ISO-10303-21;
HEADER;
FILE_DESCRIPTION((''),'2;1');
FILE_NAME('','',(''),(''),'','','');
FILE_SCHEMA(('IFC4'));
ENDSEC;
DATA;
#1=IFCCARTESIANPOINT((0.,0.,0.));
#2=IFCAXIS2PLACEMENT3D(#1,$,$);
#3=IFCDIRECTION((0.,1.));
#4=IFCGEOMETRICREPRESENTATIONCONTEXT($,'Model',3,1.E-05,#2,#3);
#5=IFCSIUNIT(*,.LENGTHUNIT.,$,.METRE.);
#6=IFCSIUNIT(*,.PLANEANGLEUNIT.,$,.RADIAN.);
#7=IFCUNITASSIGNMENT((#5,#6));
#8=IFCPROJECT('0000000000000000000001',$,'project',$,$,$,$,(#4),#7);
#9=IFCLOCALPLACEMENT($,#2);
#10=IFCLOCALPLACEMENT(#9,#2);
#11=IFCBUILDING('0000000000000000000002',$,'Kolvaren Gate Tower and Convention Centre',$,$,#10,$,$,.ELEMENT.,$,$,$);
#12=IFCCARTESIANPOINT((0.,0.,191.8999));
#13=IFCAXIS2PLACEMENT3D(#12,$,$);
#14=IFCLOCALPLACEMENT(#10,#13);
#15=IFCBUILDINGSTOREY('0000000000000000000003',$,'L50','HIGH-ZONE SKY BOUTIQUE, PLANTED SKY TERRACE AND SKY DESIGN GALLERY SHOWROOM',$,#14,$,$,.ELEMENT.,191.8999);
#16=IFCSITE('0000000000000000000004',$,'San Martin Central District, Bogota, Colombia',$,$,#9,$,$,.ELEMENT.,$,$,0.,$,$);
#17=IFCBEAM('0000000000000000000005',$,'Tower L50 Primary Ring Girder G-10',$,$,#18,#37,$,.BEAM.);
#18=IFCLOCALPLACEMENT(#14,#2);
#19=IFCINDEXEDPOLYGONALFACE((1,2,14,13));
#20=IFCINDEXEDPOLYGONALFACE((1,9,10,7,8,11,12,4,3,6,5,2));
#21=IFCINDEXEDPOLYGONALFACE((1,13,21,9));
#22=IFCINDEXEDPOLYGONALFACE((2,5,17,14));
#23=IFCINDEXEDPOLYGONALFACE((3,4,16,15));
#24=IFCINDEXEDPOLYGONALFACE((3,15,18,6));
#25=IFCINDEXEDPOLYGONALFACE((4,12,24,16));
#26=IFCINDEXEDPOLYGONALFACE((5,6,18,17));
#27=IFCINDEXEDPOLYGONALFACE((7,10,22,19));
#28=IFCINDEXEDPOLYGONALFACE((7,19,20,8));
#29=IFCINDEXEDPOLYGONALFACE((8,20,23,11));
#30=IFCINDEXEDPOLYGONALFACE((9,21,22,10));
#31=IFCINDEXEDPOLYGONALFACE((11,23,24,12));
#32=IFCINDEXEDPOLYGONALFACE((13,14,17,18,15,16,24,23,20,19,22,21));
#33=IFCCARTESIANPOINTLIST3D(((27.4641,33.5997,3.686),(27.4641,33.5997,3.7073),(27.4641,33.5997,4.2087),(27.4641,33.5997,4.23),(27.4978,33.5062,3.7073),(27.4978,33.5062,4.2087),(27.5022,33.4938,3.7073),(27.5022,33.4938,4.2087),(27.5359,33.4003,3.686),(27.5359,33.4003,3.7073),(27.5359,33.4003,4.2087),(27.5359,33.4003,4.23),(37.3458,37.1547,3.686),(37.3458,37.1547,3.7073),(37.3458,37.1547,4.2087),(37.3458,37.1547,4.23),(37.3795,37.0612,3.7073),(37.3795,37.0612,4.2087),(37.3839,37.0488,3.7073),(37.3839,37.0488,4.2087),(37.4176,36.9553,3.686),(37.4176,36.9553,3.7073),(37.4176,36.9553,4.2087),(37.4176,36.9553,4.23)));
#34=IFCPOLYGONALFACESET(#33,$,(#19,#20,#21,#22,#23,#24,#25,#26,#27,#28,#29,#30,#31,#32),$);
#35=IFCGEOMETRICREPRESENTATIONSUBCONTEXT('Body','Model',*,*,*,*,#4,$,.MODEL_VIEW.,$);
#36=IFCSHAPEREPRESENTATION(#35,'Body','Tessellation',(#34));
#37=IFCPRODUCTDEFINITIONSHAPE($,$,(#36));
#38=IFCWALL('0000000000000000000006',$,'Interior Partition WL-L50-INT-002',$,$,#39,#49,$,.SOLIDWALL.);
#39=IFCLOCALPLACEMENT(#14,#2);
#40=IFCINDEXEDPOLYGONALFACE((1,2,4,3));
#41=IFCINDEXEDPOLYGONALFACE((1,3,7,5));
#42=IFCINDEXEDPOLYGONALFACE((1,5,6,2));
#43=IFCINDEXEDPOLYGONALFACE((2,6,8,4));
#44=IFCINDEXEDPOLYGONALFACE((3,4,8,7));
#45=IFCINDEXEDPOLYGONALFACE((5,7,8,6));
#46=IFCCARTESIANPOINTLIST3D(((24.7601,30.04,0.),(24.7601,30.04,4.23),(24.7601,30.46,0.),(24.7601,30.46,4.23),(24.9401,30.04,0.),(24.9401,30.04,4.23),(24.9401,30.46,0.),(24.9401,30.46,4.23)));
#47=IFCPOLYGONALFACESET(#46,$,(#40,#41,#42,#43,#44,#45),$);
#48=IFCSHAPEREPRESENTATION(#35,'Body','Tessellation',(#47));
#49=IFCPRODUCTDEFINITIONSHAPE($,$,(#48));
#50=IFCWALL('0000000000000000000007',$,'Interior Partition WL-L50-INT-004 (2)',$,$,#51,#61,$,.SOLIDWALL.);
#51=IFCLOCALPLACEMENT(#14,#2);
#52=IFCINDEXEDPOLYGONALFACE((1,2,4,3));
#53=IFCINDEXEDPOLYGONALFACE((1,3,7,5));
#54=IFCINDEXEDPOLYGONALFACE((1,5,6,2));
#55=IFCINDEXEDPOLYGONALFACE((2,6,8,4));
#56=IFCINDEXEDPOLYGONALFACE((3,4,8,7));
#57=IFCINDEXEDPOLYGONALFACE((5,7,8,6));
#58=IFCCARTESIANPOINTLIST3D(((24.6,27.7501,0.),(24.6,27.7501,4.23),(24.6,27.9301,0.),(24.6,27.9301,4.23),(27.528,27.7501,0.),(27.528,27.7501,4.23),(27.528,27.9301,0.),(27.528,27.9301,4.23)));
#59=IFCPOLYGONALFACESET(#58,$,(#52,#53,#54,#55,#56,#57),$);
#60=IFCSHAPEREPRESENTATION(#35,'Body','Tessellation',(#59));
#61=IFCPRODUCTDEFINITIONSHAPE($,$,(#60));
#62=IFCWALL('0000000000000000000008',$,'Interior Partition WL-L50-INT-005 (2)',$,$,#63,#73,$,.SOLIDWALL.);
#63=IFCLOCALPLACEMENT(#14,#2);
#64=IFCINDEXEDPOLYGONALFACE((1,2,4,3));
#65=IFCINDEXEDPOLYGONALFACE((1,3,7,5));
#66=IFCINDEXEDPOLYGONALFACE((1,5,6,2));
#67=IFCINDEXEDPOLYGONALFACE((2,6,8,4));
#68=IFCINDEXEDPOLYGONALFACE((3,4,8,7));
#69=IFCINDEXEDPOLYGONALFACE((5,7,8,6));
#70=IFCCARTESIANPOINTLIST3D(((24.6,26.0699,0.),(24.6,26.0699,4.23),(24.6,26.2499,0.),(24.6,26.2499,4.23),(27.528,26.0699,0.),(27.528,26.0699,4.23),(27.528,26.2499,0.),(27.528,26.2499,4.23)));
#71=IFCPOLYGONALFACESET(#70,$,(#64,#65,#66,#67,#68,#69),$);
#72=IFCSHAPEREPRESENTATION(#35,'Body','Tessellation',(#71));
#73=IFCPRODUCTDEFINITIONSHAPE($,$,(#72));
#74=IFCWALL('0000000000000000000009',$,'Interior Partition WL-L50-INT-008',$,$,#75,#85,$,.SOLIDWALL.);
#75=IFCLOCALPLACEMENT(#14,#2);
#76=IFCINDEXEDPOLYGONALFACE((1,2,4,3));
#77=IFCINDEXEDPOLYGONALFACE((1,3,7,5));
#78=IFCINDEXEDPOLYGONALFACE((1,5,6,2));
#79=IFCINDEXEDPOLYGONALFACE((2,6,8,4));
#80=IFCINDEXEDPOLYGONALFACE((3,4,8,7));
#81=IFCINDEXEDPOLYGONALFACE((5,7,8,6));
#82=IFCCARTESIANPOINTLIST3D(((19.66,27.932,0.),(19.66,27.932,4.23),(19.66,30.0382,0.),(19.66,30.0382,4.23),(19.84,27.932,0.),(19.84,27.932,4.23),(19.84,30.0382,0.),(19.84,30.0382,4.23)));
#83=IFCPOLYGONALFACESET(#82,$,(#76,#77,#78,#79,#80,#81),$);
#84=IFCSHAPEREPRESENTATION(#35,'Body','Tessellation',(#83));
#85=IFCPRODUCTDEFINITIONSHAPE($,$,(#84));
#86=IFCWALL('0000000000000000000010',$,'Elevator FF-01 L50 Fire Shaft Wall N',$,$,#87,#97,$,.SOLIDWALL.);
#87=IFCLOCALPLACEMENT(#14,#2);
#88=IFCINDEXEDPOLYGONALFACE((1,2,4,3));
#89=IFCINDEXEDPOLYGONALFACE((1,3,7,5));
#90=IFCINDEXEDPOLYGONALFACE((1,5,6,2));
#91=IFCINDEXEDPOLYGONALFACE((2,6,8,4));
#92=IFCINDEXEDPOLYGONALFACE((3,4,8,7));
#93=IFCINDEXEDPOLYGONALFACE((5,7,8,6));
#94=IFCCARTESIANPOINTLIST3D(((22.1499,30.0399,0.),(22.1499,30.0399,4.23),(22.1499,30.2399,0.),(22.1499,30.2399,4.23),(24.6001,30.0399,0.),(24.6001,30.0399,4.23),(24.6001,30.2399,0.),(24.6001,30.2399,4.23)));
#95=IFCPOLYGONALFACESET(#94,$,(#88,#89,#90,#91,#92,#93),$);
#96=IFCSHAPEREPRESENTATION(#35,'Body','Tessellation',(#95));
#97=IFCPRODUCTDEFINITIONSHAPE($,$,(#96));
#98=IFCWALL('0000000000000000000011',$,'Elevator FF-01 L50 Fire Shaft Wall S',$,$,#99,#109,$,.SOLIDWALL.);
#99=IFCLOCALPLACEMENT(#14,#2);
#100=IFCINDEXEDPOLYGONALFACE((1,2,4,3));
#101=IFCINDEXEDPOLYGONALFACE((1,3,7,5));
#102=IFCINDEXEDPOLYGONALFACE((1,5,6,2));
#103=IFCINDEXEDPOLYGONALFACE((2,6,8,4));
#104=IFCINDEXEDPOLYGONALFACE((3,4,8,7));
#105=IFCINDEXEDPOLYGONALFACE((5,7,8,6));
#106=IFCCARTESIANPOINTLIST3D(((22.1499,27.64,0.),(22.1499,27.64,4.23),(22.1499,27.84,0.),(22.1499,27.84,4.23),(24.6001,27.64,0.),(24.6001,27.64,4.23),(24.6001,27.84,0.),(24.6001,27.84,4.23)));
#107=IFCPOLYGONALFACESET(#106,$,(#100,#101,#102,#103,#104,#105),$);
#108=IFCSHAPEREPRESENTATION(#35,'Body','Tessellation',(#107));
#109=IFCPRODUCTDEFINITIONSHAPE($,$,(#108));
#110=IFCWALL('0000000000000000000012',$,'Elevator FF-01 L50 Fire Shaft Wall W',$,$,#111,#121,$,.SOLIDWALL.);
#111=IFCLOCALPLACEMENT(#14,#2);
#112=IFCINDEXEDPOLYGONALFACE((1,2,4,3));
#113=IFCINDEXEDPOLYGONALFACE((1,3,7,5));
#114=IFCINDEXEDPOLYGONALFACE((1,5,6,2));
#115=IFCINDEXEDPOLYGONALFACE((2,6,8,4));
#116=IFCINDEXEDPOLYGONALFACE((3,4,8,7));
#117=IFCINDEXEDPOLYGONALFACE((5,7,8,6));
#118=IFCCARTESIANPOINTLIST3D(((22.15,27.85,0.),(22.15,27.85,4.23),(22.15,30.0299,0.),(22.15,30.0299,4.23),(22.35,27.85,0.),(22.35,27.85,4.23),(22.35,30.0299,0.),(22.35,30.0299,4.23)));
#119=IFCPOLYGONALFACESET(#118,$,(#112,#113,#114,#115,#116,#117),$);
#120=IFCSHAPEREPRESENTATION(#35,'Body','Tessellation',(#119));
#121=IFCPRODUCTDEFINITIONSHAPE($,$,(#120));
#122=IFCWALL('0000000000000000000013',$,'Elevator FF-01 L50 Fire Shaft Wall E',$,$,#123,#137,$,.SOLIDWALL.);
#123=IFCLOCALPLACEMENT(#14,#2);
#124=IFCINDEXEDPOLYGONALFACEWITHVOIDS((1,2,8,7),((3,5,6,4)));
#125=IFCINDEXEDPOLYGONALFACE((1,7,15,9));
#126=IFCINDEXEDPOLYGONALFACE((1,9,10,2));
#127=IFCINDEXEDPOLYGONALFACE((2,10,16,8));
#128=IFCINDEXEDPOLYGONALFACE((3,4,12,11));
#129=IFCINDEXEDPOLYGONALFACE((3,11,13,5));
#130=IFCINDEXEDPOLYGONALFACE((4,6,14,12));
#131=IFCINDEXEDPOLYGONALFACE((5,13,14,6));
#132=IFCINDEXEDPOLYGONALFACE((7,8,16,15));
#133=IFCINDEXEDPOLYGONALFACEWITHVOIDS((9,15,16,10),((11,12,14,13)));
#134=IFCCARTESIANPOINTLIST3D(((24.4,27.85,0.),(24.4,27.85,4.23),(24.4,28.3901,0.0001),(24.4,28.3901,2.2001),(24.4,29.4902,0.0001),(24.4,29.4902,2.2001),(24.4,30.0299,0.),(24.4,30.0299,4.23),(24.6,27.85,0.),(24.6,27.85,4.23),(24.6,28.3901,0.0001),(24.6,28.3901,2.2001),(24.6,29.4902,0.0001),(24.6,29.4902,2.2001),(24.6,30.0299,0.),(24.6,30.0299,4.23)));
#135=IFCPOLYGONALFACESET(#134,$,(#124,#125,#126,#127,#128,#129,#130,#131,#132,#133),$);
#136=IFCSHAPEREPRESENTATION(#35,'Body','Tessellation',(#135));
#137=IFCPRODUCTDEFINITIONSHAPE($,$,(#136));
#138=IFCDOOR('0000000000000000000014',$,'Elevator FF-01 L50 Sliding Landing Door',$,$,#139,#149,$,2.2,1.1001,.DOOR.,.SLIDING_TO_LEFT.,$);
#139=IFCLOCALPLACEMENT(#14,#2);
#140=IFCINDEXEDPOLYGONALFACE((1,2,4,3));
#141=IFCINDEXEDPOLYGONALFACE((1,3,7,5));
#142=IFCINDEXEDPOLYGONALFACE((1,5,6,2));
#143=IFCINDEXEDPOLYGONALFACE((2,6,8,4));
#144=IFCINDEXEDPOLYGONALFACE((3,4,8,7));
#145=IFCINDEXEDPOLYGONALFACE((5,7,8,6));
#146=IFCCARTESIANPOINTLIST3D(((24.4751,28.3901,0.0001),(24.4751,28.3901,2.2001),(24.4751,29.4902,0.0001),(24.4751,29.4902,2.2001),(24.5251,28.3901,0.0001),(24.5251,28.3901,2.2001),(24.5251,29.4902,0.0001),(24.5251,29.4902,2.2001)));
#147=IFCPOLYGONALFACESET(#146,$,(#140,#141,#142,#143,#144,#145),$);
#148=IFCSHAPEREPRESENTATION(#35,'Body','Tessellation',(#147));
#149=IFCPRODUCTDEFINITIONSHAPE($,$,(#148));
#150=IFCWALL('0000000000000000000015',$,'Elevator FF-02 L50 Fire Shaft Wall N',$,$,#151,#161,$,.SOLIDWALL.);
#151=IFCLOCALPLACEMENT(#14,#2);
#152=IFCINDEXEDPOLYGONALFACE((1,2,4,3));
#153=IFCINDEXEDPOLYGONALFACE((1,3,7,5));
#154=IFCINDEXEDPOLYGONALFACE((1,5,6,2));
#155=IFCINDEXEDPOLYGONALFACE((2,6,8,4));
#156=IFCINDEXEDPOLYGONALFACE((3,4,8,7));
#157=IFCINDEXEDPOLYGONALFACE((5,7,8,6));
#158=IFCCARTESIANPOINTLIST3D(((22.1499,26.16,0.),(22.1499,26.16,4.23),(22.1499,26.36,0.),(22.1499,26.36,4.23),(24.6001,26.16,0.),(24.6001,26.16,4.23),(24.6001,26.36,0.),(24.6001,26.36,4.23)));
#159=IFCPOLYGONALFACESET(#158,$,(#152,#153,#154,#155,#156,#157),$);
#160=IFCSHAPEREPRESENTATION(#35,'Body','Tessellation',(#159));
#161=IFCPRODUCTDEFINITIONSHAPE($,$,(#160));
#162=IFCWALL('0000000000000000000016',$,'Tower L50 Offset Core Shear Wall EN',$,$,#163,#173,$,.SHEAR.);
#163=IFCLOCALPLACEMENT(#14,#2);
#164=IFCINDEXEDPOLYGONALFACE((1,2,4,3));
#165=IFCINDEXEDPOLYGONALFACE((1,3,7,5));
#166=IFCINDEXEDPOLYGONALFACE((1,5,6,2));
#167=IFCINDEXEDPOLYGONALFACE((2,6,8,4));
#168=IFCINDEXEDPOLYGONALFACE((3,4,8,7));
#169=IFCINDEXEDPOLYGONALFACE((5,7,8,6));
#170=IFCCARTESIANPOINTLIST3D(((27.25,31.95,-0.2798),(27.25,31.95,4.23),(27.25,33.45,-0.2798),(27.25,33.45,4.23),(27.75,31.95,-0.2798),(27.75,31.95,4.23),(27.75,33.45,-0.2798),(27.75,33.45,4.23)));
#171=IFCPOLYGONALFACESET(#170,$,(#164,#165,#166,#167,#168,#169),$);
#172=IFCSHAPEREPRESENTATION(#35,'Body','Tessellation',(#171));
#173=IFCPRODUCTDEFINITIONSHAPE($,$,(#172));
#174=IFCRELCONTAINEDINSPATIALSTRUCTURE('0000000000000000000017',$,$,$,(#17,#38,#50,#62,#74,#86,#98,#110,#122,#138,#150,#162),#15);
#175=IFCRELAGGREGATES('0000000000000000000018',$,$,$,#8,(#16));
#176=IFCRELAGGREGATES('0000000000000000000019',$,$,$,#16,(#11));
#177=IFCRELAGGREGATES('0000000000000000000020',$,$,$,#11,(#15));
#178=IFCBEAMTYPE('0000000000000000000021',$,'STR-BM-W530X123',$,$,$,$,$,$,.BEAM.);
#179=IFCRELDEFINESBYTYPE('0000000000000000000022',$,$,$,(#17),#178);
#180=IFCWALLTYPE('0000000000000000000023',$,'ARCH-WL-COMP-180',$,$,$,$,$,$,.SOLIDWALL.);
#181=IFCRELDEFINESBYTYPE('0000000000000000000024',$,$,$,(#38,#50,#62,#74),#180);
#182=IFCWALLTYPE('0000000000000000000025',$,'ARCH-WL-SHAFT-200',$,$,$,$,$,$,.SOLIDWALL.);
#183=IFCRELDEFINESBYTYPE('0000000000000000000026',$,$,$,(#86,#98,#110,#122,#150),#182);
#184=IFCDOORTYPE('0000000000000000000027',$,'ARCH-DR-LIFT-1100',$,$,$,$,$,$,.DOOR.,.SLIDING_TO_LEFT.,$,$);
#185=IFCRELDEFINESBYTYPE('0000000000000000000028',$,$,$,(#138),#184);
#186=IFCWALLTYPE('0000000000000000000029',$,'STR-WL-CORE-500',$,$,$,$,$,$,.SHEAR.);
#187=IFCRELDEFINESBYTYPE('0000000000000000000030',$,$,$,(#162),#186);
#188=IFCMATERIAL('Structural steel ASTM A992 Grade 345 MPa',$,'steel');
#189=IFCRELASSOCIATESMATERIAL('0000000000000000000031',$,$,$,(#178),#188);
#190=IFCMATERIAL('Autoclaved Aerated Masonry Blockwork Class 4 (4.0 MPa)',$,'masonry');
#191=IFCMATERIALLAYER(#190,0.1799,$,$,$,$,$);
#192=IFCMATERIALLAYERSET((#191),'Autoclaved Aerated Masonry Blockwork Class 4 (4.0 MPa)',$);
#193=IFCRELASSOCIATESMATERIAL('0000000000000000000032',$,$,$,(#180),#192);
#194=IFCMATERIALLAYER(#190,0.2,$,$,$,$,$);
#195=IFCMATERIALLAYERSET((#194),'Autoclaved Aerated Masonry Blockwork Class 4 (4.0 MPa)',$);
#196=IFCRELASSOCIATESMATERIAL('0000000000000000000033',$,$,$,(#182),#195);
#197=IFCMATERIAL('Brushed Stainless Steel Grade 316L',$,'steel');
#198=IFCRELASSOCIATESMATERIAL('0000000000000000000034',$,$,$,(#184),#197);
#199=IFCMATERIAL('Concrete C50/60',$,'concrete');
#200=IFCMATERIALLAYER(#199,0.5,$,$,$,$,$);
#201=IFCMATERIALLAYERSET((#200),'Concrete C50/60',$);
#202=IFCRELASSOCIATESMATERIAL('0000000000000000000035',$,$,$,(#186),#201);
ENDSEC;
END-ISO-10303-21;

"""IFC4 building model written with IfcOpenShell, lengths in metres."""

from ifc_helpers import new_model, si_unit, direction, frame, frame_2d, origin, origin_2d, place, context, subcontext, project, spatial, rectangle, i_section, extrude, material, layer, layer_set, material_profile, profile_set, type_object, element, fill, save


model = new_model("IFC4")

# Units and contexts
model_context = context("Model", 3, precision=1e-05, world=origin(), true_north=direction((0.0, 1.0)))
body_context = subcontext(model_context, "Body", "Model", "MODEL_VIEW")
ifc_project = project(units=[si_unit("LENGTHUNIT", "METRE"), si_unit("PLANEANGLEUNIT", "RADIAN")], contexts=[model_context])

# Site, building, storey
site_placement = place(None, origin())
site = spatial("IfcSite", under=ifc_project, at=site_placement, Name="San Martin Central District, Bogota, Colombia", CompositionType="ELEMENT", RefElevation=0.0)
building_placement = place(site_placement, origin())
building = spatial("IfcBuilding", under=site, at=building_placement, Name="Kolvaren Gate Tower and Convention Centre", CompositionType="ELEMENT")
storey_placement = place(building_placement, frame((0.0, 0.0, 191.8999)))
storey = spatial("IfcBuildingStorey", under=building, at=storey_placement, Name="L50", Description="HIGH-ZONE SKY BOUTIQUE, PLANTED SKY TERRACE AND SKY DESIGN GALLERY SHOWROOM", CompositionType="ELEMENT", Elevation=191.8999)

# Beam
ifc_material_1 = material(Name="Structural steel ASTM A992 Grade 345 MPa", Category="steel")
ifc_material_profile = material_profile(ifc_material_1, i_section(OverallWidth=0.2119, OverallDepth=0.5439, WebThickness=0.0132, FlangeThickness=0.0212, at=origin_2d()), Name="W530X123")
ifc_profile_set = profile_set([ifc_material_profile], Name="Structural steel ASTM A992 Grade 345 MPa")
beam_type = type_object("IfcBeamType", Name="STR-BM-W530X123", PredefinedType="BEAM", material=ifc_profile_set)
beam_placement = place(storey_placement, frame((27.5, 33.5, 3.958), z_axis=(0.940961, 0.338514, 0.0), x_axis=(-0.338514, 0.940961, 0.0)))
element("IfcBeam", 1, at=beam_placement, inside=storey, type_object=beam_type, Name="Tower L50 Primary Ring Girder G-10", PredefinedType="BEAM", context=body_context, shape_type="SweptSolid", body=[
    extrude(i_section(OverallWidth=0.2119, OverallDepth=0.5439, WebThickness=0.0132, FlangeThickness=0.0212, at=origin_2d()), origin(), (0.0, 0.0, 1.0), 10.5017),
])

# Walls
ifc_material_2 = material(Name="Autoclaved Aerated Masonry Blockwork Class 4 (4.0 MPa)", Category="masonry")
ifc_layer_1 = layer(ifc_material_2, 0.1799)
ifc_layer_set_1 = layer_set([ifc_layer_1], Name="Autoclaved Aerated Masonry Blockwork Class 4 (4.0 MPa)")
wall_type_1 = type_object("IfcWallType", Name="ARCH-WL-COMP-180", PredefinedType="SOLIDWALL", material=ifc_layer_set_1)
wall_1_placement = place(storey_placement, frame((24.8501, 30.04, 0.0), z_axis=(0.0, 0.0, 1.0), x_axis=(0.0, 1.0, 0.0)))
element("IfcWall", 2, at=wall_1_placement, inside=storey, type_object=wall_type_1, Name="Interior Partition WL-L50-INT-002", PredefinedType="SOLIDWALL", context=body_context, shape_type="SweptSolid", body=[
    extrude(rectangle(XDim=0.4199, YDim=0.1799, at=frame_2d((0.21, 0.0))), origin(), (0.0, 0.0, 1.0), 4.23),
])
for number, where, z_axis, x_axis, name in (
    (3, (24.6001, 27.8401, 0.0), (0.0, 0.0, 1.0), (1.0, 0.0, 0.0), "Interior Partition WL-L50-INT-004 (2)"),
    (4, (24.6001, 26.1599, 0.0), (0.0, 0.0, 1.0), (1.0, 0.0, 0.0), "Interior Partition WL-L50-INT-005 (2)"),
):
    element("IfcWall", number, at=place(storey_placement, frame(where, z_axis=z_axis, x_axis=x_axis)), inside=storey, type_object=wall_type_1, Name=name, PredefinedType="SOLIDWALL", context=body_context, shape_type="SweptSolid", body=[
        extrude(rectangle(XDim=2.928, YDim=0.1799, at=frame_2d((1.4639, 0.0))), origin(), (0.0, 0.0, 1.0), 4.23),
    ])
wall_2_placement = place(storey_placement, frame((19.75, 27.9319, 0.0), z_axis=(0.0, 0.0, 1.0), x_axis=(0.0, 1.0, 0.0)))
element("IfcWall", 5, at=wall_2_placement, inside=storey, type_object=wall_type_1, Name="Interior Partition WL-L50-INT-008", PredefinedType="SOLIDWALL", context=body_context, shape_type="SweptSolid", body=[
    extrude(rectangle(XDim=2.1062, YDim=0.1799, at=frame_2d((1.0532, 0.0))), origin(), (0.0, 0.0, 1.0), 4.23),
])
ifc_layer_2 = layer(ifc_material_2, 0.2)
ifc_layer_set_2 = layer_set([ifc_layer_2], Name="Autoclaved Aerated Masonry Blockwork Class 4 (4.0 MPa)")
wall_type_2 = type_object("IfcWallType", Name="ARCH-WL-SHAFT-200", PredefinedType="SOLIDWALL", material=ifc_layer_set_2)
for number, where, z_axis, x_axis, name in (
    (6, (22.1499, 30.1399, 0.0), (0.0, 0.0, 1.0), (1.0, 0.0, 0.0), "Elevator FF-01 L50 Fire Shaft Wall N"),
    (7, (22.1499, 27.74, 0.0), (0.0, 0.0, 1.0), (1.0, 0.0, 0.0), "Elevator FF-01 L50 Fire Shaft Wall S"),
):
    element("IfcWall", number, at=place(storey_placement, frame(where, z_axis=z_axis, x_axis=x_axis)), inside=storey, type_object=wall_type_2, Name=name, PredefinedType="SOLIDWALL", context=body_context, shape_type="SweptSolid", body=[
        extrude(rectangle(XDim=2.4502, YDim=0.2, at=frame_2d((1.2251, 0.0))), origin(), (0.0, 0.0, 1.0), 4.23),
    ])
wall_3_placement = place(storey_placement, frame((22.25, 27.8501, 0.0), z_axis=(0.0, 0.0, 1.0), x_axis=(0.0, 1.0, 0.0)))
element("IfcWall", 8, at=wall_3_placement, inside=storey, type_object=wall_type_2, Name="Elevator FF-01 L50 Fire Shaft Wall W", PredefinedType="SOLIDWALL", context=body_context, shape_type="SweptSolid", body=[
    extrude(rectangle(XDim=2.1799, YDim=0.2, at=frame_2d((1.0898, 0.0))), origin(), (0.0, 0.0, 1.0), 4.23),
])

# Wall, opening, door
wall_4_placement = place(storey_placement, frame((24.5, 27.8501, 0.0), z_axis=(0.0, 0.0, 1.0), x_axis=(0.0, 1.0, 0.0)))
wall_4 = element("IfcWall", 9, at=wall_4_placement, inside=storey, type_object=wall_type_2, Name="Elevator FF-01 L50 Fire Shaft Wall E", PredefinedType="SOLIDWALL", context=body_context, shape_type="SweptSolid", body=[
    extrude(rectangle(XDim=2.1799, YDim=0.2, at=frame_2d((1.0898, 0.0))), origin(), (0.0, 0.0, 1.0), 4.23),
])
opening_1_placement = place(wall_4_placement, frame((0.54, 0.0, 0.0)))
opening_1 = element("IfcOpeningElement", 10, at=opening_1_placement, cuts=wall_4, PredefinedType="OPENING", context=body_context, shape_type="SweptSolid", body=[
    extrude(rectangle(XDim=1.1001, YDim=2.2, at=frame_2d((0.55, 1.1001))), frame((0.0, 0.1099, 0.0), z_axis=(0.0, -1.0, 0.0), x_axis=(1.0, 0.0, 0.0)), (0.0, 0.0, 1.0), 0.22),
])
ifc_material_3 = material(Name="Brushed Stainless Steel Grade 316L", Category="steel")
door_type_1 = type_object("IfcDoorType", Name="ARCH-DR-LIFT-1100", OperationType="SLIDING_TO_LEFT", PredefinedType="DOOR", material=ifc_material_3)
door_1_placement = place(opening_1_placement, origin())
door_1 = element("IfcDoor", 11, at=door_1_placement, inside=storey, type_object=door_type_1, Name="Elevator FF-01 L50 Sliding Landing Door", OperationType="SLIDING_TO_LEFT", OverallHeight=2.2, OverallWidth=1.1001, PredefinedType="DOOR", context=body_context, shape_type="SweptSolid", body=[
    extrude(rectangle(XDim=1.1001, YDim=2.2, at=frame_2d((0.55, 1.1001))), frame((0.0, 0.0249, 0.0), z_axis=(0.0, -1.0, 0.0), x_axis=(1.0, 0.0, 0.0)), (0.0, 0.0, 1.0), 0.05),
])
fill(opening_1, door_1)

# Walls
wall_5_placement = place(storey_placement, frame((22.1499, 26.26, 0.0), z_axis=(0.0, 0.0, 1.0), x_axis=(1.0, 0.0, 0.0)))
element("IfcWall", 12, at=wall_5_placement, inside=storey, type_object=wall_type_2, Name="Elevator FF-02 L50 Fire Shaft Wall N", PredefinedType="SOLIDWALL", context=body_context, shape_type="SweptSolid", body=[
    extrude(rectangle(XDim=2.4502, YDim=0.2, at=frame_2d((1.2251, 0.0))), origin(), (0.0, 0.0, 1.0), 4.23),
])
ifc_material_4 = material(Name="Concrete C50/60", Category="concrete")
ifc_layer_3 = layer(ifc_material_4, 0.5)
ifc_layer_set_3 = layer_set([ifc_layer_3], Name="Concrete C50/60")
wall_type_3 = type_object("IfcWallType", Name="STR-WL-CORE-500", PredefinedType="SHEAR", material=ifc_layer_set_3)
wall_6_placement = place(storey_placement, frame((27.5, 31.95, -0.2798), z_axis=(0.0, 0.0, 1.0), x_axis=(0.0, 1.0, 0.0)))
element("IfcWall", 13, at=wall_6_placement, inside=storey, type_object=wall_type_3, Name="Tower L50 Offset Core Shear Wall EN", PredefinedType="SHEAR", context=body_context, shape_type="SweptSolid", body=[
    extrude(rectangle(XDim=1.5, YDim=0.5, at=frame_2d((0.75, 0.0))), origin(), (0.0, 0.0, 1.0), 4.5098),
])

save(model, "model.ifc")
